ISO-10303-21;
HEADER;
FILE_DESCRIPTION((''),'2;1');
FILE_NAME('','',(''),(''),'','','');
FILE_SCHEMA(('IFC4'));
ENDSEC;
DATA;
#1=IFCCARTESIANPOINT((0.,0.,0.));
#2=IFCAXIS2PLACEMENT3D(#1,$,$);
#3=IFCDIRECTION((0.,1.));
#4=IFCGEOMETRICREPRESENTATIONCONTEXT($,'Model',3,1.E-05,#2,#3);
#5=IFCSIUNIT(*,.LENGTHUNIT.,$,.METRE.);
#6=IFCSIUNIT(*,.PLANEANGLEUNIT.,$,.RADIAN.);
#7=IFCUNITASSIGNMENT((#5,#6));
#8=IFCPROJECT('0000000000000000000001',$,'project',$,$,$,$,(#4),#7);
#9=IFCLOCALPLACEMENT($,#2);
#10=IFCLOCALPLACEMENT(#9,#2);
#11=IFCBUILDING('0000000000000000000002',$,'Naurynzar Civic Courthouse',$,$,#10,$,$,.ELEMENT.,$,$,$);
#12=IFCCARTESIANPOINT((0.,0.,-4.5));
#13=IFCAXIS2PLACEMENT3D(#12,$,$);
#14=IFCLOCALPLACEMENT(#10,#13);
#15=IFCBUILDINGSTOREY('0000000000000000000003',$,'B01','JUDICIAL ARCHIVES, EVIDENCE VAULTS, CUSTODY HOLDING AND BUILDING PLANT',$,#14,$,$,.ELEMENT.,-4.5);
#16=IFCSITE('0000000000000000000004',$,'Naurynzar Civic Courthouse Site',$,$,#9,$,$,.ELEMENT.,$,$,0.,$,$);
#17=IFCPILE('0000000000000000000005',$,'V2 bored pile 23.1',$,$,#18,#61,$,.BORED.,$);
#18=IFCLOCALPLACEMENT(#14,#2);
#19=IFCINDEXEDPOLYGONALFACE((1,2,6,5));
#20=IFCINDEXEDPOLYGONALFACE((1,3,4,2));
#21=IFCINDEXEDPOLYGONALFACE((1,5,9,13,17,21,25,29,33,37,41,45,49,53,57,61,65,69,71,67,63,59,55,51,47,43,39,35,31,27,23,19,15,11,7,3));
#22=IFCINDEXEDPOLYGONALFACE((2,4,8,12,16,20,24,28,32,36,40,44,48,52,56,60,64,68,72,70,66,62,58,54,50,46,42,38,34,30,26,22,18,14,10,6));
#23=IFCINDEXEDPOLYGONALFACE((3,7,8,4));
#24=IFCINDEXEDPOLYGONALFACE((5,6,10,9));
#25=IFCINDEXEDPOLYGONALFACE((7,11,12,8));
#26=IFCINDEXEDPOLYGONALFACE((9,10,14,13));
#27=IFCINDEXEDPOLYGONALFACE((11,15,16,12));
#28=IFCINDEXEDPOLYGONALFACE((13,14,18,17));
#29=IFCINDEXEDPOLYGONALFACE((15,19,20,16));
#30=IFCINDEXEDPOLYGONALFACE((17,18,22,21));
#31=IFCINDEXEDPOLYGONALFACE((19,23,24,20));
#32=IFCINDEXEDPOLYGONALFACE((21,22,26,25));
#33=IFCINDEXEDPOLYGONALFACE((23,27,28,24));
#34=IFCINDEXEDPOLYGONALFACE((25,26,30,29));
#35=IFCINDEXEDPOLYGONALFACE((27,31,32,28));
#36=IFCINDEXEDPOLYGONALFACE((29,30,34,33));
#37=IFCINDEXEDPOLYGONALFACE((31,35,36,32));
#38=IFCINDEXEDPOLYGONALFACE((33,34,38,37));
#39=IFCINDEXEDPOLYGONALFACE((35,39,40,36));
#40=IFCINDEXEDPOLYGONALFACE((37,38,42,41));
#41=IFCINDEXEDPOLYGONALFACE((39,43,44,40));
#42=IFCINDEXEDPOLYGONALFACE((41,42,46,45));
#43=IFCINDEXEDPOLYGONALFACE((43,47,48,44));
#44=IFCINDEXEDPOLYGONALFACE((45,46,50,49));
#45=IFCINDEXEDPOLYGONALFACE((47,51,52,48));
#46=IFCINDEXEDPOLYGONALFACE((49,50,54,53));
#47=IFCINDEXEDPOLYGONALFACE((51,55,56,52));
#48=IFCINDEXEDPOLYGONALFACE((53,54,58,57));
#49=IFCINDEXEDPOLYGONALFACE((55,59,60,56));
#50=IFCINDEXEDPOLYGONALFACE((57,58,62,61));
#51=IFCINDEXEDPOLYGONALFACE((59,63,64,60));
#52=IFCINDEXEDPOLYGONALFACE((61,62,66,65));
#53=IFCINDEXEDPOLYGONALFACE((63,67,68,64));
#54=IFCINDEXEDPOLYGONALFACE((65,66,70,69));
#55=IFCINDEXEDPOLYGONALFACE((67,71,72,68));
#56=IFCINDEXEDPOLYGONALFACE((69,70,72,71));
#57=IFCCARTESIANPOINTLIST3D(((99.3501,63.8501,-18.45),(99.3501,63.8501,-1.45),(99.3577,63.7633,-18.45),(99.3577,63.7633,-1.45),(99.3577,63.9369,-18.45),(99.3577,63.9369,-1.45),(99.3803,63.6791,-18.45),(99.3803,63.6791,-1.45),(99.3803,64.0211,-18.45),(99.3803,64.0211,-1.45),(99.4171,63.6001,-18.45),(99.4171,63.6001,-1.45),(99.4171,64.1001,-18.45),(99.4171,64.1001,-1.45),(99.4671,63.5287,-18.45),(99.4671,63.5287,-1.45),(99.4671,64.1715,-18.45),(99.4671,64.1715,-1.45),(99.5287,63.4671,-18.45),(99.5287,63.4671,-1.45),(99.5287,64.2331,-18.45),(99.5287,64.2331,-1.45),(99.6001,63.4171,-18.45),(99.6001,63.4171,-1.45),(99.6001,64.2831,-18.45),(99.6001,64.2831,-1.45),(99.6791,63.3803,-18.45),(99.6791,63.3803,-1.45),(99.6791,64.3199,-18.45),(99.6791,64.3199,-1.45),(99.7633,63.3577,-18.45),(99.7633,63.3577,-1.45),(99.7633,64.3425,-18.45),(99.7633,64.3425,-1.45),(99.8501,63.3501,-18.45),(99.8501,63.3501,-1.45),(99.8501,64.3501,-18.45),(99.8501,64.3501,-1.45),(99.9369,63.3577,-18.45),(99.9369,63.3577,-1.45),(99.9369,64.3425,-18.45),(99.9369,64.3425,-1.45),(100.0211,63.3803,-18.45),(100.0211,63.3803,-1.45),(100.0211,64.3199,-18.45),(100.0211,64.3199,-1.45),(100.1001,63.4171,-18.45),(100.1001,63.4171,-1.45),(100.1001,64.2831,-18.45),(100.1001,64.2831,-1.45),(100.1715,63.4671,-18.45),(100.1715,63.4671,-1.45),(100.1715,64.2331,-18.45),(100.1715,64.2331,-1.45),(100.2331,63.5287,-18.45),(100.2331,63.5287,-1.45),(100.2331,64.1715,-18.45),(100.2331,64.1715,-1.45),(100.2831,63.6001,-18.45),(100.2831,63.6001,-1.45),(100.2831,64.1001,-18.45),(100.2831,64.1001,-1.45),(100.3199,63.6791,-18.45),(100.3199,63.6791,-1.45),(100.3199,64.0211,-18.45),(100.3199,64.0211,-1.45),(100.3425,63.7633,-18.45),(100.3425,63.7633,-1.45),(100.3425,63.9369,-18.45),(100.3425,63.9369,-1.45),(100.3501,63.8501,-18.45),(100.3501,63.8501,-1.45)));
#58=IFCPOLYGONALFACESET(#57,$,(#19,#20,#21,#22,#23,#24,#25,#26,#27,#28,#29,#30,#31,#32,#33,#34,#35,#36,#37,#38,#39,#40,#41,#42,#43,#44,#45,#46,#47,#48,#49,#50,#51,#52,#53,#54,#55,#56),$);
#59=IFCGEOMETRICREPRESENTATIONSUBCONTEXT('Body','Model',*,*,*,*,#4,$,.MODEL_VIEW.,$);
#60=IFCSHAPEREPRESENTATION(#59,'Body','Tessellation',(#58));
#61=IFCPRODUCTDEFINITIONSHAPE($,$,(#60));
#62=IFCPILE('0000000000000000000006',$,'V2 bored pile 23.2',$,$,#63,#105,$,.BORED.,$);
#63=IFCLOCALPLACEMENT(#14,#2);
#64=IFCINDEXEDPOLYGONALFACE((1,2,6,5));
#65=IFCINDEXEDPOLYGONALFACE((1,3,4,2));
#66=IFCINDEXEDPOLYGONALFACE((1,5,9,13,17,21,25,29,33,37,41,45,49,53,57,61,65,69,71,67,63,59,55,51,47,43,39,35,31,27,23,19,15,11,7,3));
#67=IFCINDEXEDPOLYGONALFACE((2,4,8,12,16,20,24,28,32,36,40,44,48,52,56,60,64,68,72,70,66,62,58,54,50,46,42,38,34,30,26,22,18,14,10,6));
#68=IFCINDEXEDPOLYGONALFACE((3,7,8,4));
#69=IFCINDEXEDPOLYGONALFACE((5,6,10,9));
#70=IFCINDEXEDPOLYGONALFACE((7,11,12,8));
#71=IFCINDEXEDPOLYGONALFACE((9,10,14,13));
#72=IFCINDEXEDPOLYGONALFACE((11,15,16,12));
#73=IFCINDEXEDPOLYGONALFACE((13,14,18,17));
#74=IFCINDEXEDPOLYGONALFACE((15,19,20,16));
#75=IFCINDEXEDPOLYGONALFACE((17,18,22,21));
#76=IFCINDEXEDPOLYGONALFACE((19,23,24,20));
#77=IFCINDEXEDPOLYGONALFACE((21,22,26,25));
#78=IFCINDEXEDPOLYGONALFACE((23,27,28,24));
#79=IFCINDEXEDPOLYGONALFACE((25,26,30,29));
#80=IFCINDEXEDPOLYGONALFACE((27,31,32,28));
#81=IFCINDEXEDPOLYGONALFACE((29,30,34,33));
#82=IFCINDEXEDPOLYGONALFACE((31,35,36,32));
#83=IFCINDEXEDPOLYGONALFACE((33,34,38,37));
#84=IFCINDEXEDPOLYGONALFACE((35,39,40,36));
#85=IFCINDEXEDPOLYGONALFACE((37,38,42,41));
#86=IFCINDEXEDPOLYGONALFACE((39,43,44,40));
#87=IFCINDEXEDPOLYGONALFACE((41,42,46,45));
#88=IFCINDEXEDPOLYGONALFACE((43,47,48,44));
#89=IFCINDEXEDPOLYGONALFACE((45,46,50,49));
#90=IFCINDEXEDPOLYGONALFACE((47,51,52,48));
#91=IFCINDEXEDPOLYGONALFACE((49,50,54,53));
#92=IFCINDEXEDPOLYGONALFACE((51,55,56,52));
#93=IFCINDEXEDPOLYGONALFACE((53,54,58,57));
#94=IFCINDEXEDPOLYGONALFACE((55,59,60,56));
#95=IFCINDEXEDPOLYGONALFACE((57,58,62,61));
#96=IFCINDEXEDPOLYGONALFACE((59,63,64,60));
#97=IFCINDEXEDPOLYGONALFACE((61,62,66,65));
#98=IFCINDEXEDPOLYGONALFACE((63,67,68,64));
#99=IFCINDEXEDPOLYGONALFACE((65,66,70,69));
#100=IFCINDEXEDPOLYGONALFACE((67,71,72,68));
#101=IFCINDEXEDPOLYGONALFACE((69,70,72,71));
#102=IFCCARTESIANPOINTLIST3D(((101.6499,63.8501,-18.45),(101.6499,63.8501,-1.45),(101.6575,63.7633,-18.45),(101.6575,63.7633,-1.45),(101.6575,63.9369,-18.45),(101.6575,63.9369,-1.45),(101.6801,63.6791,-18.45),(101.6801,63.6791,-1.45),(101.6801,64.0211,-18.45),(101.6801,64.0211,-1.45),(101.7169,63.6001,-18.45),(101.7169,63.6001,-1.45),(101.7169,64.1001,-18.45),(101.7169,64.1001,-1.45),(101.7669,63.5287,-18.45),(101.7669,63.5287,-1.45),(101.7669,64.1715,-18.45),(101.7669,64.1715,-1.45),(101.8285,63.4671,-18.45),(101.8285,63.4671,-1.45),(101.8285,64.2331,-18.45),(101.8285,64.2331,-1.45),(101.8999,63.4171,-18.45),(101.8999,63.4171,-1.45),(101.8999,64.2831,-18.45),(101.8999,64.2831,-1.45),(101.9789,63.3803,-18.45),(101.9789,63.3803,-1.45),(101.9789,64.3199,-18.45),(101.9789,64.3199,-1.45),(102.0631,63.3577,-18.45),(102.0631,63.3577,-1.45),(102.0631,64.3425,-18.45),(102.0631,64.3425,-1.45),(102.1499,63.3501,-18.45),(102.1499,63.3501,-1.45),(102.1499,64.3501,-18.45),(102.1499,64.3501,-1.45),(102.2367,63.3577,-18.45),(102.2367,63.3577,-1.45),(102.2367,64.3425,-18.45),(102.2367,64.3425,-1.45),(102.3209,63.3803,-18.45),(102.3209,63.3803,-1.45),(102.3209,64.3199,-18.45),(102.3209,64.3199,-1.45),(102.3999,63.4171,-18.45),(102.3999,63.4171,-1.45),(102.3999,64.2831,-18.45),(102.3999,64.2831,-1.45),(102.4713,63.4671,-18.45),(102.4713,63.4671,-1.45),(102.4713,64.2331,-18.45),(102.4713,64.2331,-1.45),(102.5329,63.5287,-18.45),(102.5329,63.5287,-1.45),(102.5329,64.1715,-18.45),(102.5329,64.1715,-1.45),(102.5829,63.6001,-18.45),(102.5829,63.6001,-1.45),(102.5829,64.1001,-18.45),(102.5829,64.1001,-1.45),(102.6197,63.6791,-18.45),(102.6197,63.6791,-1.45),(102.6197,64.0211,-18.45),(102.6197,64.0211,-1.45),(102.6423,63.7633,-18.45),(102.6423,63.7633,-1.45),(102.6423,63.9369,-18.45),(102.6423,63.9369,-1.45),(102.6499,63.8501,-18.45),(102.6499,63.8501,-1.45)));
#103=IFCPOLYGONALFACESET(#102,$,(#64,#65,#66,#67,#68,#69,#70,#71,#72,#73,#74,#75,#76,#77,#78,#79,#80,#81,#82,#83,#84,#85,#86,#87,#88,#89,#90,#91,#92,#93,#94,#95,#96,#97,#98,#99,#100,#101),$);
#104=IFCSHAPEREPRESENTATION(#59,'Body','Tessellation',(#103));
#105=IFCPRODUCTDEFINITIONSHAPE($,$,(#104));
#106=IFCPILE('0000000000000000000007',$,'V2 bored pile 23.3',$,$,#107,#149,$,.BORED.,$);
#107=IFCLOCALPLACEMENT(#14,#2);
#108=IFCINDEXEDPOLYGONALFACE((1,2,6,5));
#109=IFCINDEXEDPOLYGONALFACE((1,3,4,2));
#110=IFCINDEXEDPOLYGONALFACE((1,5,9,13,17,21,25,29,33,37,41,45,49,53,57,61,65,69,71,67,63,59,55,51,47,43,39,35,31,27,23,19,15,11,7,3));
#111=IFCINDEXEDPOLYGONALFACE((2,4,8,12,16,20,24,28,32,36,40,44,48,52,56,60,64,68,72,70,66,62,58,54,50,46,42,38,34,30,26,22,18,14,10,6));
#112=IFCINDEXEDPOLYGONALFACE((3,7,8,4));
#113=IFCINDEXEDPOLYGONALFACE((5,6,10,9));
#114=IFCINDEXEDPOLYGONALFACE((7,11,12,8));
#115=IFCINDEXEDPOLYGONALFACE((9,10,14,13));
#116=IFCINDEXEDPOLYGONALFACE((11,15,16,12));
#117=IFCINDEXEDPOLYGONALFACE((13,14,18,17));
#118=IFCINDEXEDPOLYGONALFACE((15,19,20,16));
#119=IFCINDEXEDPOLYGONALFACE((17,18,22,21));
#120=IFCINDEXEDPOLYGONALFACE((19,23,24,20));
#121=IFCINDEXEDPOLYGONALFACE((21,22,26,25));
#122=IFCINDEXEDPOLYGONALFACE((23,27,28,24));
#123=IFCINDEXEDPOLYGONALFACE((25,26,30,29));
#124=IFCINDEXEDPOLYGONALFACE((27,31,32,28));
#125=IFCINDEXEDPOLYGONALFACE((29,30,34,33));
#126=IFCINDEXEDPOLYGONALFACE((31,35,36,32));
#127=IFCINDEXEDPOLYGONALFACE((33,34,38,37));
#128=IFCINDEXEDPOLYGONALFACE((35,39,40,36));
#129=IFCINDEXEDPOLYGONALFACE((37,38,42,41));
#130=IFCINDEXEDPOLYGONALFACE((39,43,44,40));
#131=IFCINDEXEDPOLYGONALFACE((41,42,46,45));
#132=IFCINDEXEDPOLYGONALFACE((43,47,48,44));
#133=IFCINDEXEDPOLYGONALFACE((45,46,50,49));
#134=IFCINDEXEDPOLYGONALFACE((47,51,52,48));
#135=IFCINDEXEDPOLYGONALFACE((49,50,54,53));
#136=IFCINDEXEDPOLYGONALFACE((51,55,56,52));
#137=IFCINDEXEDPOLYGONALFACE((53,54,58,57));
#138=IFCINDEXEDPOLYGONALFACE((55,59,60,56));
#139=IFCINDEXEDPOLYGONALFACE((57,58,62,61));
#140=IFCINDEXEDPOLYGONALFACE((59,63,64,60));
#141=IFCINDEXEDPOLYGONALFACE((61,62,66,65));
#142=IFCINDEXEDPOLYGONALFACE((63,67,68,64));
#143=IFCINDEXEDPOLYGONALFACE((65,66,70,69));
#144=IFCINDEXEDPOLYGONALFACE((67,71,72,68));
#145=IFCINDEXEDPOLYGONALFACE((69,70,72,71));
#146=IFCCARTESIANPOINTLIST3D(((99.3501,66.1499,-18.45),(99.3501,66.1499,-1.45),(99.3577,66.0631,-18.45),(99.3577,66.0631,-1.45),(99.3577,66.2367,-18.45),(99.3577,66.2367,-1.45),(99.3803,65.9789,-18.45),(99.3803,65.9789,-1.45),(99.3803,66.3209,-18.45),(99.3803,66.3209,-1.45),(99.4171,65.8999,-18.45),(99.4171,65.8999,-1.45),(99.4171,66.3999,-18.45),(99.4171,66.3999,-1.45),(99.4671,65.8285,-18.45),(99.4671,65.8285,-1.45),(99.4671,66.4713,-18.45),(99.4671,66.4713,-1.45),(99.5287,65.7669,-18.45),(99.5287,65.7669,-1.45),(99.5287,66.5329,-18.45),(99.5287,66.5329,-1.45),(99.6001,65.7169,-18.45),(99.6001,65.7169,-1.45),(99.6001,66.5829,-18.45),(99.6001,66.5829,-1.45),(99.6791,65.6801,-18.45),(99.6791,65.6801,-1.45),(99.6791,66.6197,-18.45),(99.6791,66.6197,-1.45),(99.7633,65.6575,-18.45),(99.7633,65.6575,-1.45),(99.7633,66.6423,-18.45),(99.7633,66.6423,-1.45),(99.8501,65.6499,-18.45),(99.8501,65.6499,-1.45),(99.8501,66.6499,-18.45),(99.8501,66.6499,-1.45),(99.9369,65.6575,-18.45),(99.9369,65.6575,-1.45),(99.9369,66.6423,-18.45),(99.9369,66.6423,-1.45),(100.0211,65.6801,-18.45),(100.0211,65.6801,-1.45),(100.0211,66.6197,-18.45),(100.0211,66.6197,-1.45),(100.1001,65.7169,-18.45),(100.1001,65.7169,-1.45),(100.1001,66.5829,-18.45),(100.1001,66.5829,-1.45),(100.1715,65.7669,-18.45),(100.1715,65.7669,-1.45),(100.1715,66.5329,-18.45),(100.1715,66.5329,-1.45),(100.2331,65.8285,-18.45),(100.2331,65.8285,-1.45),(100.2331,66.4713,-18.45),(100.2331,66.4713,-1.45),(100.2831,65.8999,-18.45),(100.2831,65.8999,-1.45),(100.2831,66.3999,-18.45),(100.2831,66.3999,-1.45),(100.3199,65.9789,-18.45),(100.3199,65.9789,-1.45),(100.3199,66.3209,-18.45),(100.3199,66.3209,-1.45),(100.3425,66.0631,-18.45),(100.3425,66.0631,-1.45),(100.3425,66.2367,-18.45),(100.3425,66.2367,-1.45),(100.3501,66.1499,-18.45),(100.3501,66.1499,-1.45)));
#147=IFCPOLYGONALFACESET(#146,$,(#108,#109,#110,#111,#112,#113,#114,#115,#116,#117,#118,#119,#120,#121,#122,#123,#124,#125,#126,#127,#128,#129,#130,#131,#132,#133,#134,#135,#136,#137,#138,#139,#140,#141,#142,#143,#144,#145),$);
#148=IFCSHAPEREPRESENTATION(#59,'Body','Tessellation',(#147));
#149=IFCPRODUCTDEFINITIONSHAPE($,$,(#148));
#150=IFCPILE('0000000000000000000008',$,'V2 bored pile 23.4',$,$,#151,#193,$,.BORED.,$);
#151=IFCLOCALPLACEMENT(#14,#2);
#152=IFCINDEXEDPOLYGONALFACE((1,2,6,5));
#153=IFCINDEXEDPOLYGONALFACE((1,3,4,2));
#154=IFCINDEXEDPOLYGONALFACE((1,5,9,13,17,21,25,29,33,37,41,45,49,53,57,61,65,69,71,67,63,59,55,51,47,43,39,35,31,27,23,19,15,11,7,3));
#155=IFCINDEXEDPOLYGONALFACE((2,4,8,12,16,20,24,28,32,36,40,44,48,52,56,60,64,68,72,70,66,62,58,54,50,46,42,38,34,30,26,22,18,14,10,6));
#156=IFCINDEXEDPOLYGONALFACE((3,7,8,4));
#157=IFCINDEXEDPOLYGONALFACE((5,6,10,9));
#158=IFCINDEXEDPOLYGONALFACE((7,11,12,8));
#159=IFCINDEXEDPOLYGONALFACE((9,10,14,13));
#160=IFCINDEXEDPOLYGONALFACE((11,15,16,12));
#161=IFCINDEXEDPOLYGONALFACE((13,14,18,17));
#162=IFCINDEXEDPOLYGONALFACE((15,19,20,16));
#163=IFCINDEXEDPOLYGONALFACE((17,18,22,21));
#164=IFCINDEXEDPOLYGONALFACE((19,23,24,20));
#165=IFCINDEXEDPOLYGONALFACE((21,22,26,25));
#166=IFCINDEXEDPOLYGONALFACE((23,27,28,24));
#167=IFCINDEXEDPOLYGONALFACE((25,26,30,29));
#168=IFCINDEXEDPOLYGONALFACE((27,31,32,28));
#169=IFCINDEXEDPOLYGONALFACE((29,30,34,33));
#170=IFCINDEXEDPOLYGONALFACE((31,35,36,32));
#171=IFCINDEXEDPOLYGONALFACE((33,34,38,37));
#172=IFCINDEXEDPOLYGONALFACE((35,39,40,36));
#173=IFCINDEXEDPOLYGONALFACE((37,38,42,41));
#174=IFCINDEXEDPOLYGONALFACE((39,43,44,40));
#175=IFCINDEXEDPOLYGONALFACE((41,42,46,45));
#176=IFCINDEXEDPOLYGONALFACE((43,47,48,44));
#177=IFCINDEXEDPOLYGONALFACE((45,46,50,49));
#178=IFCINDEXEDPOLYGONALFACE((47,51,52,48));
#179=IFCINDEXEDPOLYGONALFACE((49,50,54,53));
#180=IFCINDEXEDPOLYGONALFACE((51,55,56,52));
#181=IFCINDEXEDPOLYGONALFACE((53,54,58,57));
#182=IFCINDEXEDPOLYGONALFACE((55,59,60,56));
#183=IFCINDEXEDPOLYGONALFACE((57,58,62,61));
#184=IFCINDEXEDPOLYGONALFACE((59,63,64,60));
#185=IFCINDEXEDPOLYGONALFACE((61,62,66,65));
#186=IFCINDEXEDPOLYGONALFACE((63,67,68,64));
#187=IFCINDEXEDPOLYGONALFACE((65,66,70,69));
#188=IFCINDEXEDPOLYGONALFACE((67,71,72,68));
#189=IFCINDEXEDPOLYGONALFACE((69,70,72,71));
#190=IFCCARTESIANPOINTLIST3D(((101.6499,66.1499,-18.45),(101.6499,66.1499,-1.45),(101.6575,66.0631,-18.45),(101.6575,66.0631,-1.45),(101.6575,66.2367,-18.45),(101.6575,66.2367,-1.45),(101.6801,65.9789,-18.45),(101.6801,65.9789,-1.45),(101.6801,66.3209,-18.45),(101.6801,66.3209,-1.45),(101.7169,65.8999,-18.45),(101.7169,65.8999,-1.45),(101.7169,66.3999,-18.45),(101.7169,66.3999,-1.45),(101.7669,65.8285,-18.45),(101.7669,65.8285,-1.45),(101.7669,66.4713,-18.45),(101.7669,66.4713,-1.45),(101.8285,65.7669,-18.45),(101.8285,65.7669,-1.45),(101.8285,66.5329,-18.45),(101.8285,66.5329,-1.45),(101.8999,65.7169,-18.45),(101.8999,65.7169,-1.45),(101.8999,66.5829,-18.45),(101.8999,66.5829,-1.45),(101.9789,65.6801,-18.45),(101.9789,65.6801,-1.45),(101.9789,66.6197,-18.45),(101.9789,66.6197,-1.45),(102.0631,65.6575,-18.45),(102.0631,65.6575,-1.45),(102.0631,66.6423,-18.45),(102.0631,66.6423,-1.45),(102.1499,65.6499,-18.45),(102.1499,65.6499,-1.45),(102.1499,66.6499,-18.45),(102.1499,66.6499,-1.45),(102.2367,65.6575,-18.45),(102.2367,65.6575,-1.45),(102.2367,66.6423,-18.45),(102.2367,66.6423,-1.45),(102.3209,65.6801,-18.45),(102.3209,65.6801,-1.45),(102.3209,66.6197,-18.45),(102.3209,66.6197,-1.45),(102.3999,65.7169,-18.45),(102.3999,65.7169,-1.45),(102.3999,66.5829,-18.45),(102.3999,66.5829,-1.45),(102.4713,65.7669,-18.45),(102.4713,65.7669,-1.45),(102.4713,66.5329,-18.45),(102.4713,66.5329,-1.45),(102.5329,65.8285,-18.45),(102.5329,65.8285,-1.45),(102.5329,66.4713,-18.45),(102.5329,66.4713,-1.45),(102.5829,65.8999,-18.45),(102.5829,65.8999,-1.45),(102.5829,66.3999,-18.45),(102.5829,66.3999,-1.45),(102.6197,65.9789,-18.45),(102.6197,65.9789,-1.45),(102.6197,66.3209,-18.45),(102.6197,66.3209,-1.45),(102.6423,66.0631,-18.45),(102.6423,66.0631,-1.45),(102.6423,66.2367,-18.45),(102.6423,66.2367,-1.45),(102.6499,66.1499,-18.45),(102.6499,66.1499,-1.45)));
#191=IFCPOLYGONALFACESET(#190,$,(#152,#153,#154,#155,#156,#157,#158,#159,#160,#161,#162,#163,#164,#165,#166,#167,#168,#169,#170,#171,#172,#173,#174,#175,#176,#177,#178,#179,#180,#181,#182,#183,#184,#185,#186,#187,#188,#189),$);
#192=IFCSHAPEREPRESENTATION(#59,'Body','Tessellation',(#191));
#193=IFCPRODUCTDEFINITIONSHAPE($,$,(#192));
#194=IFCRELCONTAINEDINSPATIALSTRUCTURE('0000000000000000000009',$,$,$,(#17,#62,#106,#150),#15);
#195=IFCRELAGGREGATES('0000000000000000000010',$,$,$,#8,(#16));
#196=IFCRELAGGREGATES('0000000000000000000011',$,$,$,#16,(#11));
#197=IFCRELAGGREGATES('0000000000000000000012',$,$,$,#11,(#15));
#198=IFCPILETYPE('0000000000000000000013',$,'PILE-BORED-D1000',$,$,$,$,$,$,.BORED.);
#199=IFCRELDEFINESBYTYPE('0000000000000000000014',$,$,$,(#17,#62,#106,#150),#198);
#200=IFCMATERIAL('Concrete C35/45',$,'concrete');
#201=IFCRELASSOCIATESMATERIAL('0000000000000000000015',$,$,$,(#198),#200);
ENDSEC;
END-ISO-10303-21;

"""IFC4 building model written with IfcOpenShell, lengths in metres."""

from ifc_helpers import new_model, si_unit, direction, frame, origin, origin_2d, place, context, subcontext, project, spatial, circle, extrude, material, material_profile, profile_set, type_object, element, save


model = new_model("IFC4")

# Units and contexts
model_context = context("Model", 3, precision=1e-05, world=origin(), true_north=direction((0.0, 1.0)))
body_context = subcontext(model_context, "Body", "Model", "MODEL_VIEW")
ifc_project = project(units=[si_unit("LENGTHUNIT", "METRE"), si_unit("PLANEANGLEUNIT", "RADIAN")], contexts=[model_context])

# Site, building, storey
site_placement = place(None, origin())
site = spatial("IfcSite", under=ifc_project, at=site_placement, Name="Naurynzar Civic Courthouse Site", CompositionType="ELEMENT", RefElevation=0.0)
building_placement = place(site_placement, origin())
building = spatial("IfcBuilding", under=site, at=building_placement, Name="Naurynzar Civic Courthouse", CompositionType="ELEMENT")
storey_placement = place(building_placement, frame((0.0, 0.0, -4.5)))
storey = spatial("IfcBuildingStorey", under=building, at=storey_placement, Name="B01", Description="JUDICIAL ARCHIVES, EVIDENCE VAULTS, CUSTODY HOLDING AND BUILDING PLANT", CompositionType="ELEMENT", Elevation=-4.5)

# Piles
ifc_material_1 = material(Name="Concrete C35/45", Category="concrete")
ifc_material_profile_1 = material_profile(ifc_material_1, circle(Radius=0.5, at=origin_2d()), Name="PILE D1000")
ifc_profile_set_1 = profile_set([ifc_material_profile_1], Name="Concrete C35/45")
pile_type = type_object("IfcPileType", Name="PILE-BORED-D1000", PredefinedType="BORED", material=ifc_profile_set_1)
for number, where, z_axis, x_axis, name in (
    (1, (99.8501, 63.8501, -1.45), (0.0, 0.0, -1.0), (1.0, 0.0, 0.0), "V2 bored pile 23.1"),
    (2, (102.1499, 63.8501, -1.45), (0.0, 0.0, -1.0), (1.0, 0.0, 0.0), "V2 bored pile 23.2"),
    (3, (99.8501, 66.1499, -1.45), (0.0, 0.0, -1.0), (1.0, 0.0, 0.0), "V2 bored pile 23.3"),
    (4, (102.1499, 66.1499, -1.45), (0.0, 0.0, -1.0), (1.0, 0.0, 0.0), "V2 bored pile 23.4"),
):
    element("IfcPile", number, at=place(storey_placement, frame(where, z_axis=z_axis, x_axis=x_axis)), inside=storey, type_object=pile_type, Name=name, PredefinedType="BORED", context=body_context, shape_type="SweptSolid", body=[
        extrude(circle(Radius=0.5, at=origin_2d()), origin(), (0.0, 0.0, 1.0), 17.0),
    ])

save(model, "model.ifc")
